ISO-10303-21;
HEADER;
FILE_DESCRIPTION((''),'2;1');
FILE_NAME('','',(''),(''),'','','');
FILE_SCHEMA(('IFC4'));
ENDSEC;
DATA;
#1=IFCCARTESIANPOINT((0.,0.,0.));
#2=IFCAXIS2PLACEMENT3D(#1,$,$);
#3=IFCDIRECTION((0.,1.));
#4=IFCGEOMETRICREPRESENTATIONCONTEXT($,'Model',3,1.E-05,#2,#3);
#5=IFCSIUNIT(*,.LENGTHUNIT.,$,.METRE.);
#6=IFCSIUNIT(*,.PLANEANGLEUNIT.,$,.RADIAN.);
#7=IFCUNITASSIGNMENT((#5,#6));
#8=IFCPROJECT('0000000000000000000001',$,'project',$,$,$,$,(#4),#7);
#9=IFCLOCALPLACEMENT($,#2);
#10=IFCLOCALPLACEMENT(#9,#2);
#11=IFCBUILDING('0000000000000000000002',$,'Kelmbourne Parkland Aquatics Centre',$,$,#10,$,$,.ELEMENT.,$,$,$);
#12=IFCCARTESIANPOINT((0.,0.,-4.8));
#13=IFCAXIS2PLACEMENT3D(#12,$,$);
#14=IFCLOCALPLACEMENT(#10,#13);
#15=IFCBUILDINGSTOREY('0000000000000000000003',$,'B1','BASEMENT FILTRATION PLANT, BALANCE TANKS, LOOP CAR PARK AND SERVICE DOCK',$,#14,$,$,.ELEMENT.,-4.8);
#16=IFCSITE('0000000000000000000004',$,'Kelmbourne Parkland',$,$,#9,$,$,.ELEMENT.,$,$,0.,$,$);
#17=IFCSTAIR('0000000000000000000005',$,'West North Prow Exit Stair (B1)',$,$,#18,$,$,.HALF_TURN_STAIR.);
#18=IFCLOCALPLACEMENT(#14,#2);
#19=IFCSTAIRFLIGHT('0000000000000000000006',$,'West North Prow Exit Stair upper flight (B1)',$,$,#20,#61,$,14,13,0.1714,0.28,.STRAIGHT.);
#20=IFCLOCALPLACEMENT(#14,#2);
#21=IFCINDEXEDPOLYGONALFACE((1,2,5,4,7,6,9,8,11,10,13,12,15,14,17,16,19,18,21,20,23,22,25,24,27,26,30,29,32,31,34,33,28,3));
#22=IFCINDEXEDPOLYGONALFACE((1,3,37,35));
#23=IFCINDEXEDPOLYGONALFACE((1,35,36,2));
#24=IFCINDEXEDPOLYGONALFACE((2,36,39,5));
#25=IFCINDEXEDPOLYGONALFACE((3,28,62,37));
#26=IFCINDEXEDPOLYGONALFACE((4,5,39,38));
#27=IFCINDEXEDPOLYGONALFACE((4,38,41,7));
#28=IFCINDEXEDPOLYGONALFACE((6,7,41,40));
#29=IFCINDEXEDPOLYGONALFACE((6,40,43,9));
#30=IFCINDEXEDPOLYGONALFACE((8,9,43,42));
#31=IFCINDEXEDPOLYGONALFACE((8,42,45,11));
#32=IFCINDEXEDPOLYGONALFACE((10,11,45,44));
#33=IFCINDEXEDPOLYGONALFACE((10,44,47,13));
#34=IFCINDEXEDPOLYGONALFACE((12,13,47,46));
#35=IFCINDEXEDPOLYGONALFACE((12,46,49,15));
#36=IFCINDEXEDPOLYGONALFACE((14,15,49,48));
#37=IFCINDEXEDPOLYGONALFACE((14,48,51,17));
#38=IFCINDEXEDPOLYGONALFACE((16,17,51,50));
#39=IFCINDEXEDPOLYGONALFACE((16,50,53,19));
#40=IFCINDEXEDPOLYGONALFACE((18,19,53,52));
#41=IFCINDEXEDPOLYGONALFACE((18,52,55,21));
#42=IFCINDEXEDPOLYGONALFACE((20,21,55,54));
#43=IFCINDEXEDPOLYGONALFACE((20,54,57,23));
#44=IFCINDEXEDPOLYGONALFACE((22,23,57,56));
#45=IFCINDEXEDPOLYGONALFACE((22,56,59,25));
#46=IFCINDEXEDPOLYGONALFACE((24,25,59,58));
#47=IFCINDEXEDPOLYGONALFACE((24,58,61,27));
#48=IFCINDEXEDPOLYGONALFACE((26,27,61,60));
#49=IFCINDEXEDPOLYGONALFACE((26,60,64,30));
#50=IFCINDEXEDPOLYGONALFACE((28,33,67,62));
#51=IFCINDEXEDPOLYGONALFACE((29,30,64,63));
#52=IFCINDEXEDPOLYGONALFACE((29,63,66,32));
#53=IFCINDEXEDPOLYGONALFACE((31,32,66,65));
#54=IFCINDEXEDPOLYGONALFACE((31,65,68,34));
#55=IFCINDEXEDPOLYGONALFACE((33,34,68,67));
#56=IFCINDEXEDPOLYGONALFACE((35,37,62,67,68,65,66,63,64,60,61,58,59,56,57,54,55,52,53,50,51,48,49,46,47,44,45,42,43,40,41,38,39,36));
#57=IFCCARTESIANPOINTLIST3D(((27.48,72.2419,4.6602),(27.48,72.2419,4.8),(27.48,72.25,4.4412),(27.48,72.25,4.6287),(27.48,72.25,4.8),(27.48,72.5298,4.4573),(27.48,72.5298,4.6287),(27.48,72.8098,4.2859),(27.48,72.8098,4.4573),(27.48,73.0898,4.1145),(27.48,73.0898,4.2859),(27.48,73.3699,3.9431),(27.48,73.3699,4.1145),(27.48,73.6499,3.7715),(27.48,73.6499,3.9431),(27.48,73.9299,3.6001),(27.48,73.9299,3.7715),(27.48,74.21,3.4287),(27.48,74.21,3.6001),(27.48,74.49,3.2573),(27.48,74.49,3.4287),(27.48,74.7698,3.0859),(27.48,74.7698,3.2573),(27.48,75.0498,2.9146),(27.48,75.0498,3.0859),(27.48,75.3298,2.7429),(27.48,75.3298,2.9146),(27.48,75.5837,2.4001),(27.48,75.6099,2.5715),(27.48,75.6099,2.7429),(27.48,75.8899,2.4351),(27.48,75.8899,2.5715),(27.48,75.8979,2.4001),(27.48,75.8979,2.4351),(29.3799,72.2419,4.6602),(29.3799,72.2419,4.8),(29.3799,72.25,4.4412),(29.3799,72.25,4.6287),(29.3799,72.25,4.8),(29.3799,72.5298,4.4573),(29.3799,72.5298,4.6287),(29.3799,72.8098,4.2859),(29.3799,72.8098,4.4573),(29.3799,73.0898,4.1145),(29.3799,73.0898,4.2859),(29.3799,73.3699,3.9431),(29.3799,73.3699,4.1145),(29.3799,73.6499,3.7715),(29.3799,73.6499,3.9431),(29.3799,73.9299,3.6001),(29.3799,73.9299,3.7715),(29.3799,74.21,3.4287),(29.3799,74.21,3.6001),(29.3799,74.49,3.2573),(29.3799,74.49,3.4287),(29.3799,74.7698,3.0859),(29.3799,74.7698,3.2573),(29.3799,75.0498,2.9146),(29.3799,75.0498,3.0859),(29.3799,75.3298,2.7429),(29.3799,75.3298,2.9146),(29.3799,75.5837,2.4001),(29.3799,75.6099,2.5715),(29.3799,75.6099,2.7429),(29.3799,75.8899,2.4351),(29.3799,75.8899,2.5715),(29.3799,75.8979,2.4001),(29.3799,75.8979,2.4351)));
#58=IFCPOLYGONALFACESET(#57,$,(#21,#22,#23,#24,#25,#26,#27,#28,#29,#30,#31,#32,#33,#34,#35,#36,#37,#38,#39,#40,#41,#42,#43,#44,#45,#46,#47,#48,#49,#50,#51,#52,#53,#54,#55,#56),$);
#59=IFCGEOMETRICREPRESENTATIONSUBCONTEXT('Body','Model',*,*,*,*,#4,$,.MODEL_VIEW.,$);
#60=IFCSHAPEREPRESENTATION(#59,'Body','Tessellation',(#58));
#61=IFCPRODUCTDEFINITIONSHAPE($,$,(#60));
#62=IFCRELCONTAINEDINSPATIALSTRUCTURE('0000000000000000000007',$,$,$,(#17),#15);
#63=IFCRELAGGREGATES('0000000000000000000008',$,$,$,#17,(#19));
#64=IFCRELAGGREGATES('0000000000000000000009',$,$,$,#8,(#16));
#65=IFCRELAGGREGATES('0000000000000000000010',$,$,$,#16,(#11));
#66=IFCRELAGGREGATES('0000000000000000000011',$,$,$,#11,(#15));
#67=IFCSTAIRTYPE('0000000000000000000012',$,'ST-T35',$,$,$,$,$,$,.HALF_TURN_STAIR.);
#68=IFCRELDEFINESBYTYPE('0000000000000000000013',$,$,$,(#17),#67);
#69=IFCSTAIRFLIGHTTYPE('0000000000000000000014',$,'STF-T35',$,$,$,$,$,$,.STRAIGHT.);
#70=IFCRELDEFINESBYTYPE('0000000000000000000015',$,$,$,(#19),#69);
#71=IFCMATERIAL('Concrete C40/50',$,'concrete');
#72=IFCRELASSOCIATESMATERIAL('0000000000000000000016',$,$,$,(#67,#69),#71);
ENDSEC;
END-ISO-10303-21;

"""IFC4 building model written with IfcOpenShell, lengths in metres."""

from ifc_helpers import new_model, si_unit, direction, frame, origin, place, context, subcontext, project, spatial, polyline, outline, extrude, material, type_object, element, aggregate, save


model = new_model("IFC4")

# Units and contexts
model_context = context("Model", 3, precision=1e-05, world=origin(), true_north=direction((0.0, 1.0)))
body_context = subcontext(model_context, "Body", "Model", "MODEL_VIEW")
ifc_project = project(units=[si_unit("LENGTHUNIT", "METRE"), si_unit("PLANEANGLEUNIT", "RADIAN")], contexts=[model_context])

# Site, building, storey
site_placement = place(None, origin())
site = spatial("IfcSite", under=ifc_project, at=site_placement, Name="Kelmbourne Parkland", CompositionType="ELEMENT", RefElevation=0.0)
building_placement = place(site_placement, origin())
building = spatial("IfcBuilding", under=site, at=building_placement, Name="Kelmbourne Parkland Aquatics Centre", CompositionType="ELEMENT")
storey_placement = place(building_placement, frame((0.0, 0.0, -4.8)))
storey = spatial("IfcBuildingStorey", under=building, at=storey_placement, Name="B1", Description="BASEMENT FILTRATION PLANT, BALANCE TANKS, LOOP CAR PARK AND SERVICE DOCK", CompositionType="ELEMENT", Elevation=-4.8)

# Shared definitions
ifc_material_1 = material(Name="Concrete C40/50", Category="concrete")

# Stair, stair flight
stair_type = type_object("IfcStairType", Name="ST-T35", PredefinedType="HALF_TURN_STAIR", material=ifc_material_1)
stair_placement = place(storey_placement, origin())
stair = element("IfcStair", 1, at=stair_placement, inside=storey, type_object=stair_type, Name="West North Prow Exit Stair (B1)", PredefinedType="HALF_TURN_STAIR")
stair_flight_type = type_object("IfcStairFlightType", Name="STF-T35", PredefinedType="STRAIGHT", material=ifc_material_1)
stair_flight_1_placement = place(storey_placement, frame((28.4299, 75.8899, 2.4001), z_axis=(0.0, 0.0, 1.0), x_axis=(0.0, -1.0, 0.0)))
stair_flight_1 = element("IfcStairFlight", 2, at=stair_flight_1_placement, type_object=stair_flight_type, Name="West North Prow Exit Stair upper flight (B1)", NumberOfRisers=14, NumberOfTreads=13, PredefinedType="STRAIGHT", RiserHeight=0.1714, TreadLength=0.28, context=body_context, shape_type="SweptSolid", body=[
    extrude(outline(polyline([(-0.0081, 0.0), (-0.0081, 0.0349), (0.0, 0.0349), (0.0, 0.1714), (0.28, 0.1714), (0.28, 0.3428), (0.5601, 0.3428), (0.5601, 0.5144), (0.8401, 0.5144), (0.8401, 0.6858), (1.1201, 0.6858), (1.1201, 0.8572), (1.3999, 0.8572), (1.3999, 1.0286), (1.6799, 1.0286), (1.6799, 1.2), (1.96, 1.2), (1.96, 1.3713), (2.24, 1.3713), (2.24, 1.543), (2.52, 1.543), (2.52, 1.7144), (2.8, 1.7144), (2.8, 1.8857), (3.0801, 1.8857), (3.0801, 2.0571), (3.3601, 2.0571), (3.3601, 2.2285), (3.6399, 2.2285), (3.6399, 2.3999), (3.6479, 2.3999), (3.6479, 2.26), (3.6399, 2.041), (0.3062, 0.0), (-0.0081, 0.0)])), frame((0.0, 0.95, 0.0), z_axis=(0.0, -1.0, 0.0), x_axis=(1.0, 0.0, 0.0)), (0.0, 0.0, 1.0), 1.8999),
])
aggregate(stair, [stair_flight_1])

save(model, "model.ifc")
